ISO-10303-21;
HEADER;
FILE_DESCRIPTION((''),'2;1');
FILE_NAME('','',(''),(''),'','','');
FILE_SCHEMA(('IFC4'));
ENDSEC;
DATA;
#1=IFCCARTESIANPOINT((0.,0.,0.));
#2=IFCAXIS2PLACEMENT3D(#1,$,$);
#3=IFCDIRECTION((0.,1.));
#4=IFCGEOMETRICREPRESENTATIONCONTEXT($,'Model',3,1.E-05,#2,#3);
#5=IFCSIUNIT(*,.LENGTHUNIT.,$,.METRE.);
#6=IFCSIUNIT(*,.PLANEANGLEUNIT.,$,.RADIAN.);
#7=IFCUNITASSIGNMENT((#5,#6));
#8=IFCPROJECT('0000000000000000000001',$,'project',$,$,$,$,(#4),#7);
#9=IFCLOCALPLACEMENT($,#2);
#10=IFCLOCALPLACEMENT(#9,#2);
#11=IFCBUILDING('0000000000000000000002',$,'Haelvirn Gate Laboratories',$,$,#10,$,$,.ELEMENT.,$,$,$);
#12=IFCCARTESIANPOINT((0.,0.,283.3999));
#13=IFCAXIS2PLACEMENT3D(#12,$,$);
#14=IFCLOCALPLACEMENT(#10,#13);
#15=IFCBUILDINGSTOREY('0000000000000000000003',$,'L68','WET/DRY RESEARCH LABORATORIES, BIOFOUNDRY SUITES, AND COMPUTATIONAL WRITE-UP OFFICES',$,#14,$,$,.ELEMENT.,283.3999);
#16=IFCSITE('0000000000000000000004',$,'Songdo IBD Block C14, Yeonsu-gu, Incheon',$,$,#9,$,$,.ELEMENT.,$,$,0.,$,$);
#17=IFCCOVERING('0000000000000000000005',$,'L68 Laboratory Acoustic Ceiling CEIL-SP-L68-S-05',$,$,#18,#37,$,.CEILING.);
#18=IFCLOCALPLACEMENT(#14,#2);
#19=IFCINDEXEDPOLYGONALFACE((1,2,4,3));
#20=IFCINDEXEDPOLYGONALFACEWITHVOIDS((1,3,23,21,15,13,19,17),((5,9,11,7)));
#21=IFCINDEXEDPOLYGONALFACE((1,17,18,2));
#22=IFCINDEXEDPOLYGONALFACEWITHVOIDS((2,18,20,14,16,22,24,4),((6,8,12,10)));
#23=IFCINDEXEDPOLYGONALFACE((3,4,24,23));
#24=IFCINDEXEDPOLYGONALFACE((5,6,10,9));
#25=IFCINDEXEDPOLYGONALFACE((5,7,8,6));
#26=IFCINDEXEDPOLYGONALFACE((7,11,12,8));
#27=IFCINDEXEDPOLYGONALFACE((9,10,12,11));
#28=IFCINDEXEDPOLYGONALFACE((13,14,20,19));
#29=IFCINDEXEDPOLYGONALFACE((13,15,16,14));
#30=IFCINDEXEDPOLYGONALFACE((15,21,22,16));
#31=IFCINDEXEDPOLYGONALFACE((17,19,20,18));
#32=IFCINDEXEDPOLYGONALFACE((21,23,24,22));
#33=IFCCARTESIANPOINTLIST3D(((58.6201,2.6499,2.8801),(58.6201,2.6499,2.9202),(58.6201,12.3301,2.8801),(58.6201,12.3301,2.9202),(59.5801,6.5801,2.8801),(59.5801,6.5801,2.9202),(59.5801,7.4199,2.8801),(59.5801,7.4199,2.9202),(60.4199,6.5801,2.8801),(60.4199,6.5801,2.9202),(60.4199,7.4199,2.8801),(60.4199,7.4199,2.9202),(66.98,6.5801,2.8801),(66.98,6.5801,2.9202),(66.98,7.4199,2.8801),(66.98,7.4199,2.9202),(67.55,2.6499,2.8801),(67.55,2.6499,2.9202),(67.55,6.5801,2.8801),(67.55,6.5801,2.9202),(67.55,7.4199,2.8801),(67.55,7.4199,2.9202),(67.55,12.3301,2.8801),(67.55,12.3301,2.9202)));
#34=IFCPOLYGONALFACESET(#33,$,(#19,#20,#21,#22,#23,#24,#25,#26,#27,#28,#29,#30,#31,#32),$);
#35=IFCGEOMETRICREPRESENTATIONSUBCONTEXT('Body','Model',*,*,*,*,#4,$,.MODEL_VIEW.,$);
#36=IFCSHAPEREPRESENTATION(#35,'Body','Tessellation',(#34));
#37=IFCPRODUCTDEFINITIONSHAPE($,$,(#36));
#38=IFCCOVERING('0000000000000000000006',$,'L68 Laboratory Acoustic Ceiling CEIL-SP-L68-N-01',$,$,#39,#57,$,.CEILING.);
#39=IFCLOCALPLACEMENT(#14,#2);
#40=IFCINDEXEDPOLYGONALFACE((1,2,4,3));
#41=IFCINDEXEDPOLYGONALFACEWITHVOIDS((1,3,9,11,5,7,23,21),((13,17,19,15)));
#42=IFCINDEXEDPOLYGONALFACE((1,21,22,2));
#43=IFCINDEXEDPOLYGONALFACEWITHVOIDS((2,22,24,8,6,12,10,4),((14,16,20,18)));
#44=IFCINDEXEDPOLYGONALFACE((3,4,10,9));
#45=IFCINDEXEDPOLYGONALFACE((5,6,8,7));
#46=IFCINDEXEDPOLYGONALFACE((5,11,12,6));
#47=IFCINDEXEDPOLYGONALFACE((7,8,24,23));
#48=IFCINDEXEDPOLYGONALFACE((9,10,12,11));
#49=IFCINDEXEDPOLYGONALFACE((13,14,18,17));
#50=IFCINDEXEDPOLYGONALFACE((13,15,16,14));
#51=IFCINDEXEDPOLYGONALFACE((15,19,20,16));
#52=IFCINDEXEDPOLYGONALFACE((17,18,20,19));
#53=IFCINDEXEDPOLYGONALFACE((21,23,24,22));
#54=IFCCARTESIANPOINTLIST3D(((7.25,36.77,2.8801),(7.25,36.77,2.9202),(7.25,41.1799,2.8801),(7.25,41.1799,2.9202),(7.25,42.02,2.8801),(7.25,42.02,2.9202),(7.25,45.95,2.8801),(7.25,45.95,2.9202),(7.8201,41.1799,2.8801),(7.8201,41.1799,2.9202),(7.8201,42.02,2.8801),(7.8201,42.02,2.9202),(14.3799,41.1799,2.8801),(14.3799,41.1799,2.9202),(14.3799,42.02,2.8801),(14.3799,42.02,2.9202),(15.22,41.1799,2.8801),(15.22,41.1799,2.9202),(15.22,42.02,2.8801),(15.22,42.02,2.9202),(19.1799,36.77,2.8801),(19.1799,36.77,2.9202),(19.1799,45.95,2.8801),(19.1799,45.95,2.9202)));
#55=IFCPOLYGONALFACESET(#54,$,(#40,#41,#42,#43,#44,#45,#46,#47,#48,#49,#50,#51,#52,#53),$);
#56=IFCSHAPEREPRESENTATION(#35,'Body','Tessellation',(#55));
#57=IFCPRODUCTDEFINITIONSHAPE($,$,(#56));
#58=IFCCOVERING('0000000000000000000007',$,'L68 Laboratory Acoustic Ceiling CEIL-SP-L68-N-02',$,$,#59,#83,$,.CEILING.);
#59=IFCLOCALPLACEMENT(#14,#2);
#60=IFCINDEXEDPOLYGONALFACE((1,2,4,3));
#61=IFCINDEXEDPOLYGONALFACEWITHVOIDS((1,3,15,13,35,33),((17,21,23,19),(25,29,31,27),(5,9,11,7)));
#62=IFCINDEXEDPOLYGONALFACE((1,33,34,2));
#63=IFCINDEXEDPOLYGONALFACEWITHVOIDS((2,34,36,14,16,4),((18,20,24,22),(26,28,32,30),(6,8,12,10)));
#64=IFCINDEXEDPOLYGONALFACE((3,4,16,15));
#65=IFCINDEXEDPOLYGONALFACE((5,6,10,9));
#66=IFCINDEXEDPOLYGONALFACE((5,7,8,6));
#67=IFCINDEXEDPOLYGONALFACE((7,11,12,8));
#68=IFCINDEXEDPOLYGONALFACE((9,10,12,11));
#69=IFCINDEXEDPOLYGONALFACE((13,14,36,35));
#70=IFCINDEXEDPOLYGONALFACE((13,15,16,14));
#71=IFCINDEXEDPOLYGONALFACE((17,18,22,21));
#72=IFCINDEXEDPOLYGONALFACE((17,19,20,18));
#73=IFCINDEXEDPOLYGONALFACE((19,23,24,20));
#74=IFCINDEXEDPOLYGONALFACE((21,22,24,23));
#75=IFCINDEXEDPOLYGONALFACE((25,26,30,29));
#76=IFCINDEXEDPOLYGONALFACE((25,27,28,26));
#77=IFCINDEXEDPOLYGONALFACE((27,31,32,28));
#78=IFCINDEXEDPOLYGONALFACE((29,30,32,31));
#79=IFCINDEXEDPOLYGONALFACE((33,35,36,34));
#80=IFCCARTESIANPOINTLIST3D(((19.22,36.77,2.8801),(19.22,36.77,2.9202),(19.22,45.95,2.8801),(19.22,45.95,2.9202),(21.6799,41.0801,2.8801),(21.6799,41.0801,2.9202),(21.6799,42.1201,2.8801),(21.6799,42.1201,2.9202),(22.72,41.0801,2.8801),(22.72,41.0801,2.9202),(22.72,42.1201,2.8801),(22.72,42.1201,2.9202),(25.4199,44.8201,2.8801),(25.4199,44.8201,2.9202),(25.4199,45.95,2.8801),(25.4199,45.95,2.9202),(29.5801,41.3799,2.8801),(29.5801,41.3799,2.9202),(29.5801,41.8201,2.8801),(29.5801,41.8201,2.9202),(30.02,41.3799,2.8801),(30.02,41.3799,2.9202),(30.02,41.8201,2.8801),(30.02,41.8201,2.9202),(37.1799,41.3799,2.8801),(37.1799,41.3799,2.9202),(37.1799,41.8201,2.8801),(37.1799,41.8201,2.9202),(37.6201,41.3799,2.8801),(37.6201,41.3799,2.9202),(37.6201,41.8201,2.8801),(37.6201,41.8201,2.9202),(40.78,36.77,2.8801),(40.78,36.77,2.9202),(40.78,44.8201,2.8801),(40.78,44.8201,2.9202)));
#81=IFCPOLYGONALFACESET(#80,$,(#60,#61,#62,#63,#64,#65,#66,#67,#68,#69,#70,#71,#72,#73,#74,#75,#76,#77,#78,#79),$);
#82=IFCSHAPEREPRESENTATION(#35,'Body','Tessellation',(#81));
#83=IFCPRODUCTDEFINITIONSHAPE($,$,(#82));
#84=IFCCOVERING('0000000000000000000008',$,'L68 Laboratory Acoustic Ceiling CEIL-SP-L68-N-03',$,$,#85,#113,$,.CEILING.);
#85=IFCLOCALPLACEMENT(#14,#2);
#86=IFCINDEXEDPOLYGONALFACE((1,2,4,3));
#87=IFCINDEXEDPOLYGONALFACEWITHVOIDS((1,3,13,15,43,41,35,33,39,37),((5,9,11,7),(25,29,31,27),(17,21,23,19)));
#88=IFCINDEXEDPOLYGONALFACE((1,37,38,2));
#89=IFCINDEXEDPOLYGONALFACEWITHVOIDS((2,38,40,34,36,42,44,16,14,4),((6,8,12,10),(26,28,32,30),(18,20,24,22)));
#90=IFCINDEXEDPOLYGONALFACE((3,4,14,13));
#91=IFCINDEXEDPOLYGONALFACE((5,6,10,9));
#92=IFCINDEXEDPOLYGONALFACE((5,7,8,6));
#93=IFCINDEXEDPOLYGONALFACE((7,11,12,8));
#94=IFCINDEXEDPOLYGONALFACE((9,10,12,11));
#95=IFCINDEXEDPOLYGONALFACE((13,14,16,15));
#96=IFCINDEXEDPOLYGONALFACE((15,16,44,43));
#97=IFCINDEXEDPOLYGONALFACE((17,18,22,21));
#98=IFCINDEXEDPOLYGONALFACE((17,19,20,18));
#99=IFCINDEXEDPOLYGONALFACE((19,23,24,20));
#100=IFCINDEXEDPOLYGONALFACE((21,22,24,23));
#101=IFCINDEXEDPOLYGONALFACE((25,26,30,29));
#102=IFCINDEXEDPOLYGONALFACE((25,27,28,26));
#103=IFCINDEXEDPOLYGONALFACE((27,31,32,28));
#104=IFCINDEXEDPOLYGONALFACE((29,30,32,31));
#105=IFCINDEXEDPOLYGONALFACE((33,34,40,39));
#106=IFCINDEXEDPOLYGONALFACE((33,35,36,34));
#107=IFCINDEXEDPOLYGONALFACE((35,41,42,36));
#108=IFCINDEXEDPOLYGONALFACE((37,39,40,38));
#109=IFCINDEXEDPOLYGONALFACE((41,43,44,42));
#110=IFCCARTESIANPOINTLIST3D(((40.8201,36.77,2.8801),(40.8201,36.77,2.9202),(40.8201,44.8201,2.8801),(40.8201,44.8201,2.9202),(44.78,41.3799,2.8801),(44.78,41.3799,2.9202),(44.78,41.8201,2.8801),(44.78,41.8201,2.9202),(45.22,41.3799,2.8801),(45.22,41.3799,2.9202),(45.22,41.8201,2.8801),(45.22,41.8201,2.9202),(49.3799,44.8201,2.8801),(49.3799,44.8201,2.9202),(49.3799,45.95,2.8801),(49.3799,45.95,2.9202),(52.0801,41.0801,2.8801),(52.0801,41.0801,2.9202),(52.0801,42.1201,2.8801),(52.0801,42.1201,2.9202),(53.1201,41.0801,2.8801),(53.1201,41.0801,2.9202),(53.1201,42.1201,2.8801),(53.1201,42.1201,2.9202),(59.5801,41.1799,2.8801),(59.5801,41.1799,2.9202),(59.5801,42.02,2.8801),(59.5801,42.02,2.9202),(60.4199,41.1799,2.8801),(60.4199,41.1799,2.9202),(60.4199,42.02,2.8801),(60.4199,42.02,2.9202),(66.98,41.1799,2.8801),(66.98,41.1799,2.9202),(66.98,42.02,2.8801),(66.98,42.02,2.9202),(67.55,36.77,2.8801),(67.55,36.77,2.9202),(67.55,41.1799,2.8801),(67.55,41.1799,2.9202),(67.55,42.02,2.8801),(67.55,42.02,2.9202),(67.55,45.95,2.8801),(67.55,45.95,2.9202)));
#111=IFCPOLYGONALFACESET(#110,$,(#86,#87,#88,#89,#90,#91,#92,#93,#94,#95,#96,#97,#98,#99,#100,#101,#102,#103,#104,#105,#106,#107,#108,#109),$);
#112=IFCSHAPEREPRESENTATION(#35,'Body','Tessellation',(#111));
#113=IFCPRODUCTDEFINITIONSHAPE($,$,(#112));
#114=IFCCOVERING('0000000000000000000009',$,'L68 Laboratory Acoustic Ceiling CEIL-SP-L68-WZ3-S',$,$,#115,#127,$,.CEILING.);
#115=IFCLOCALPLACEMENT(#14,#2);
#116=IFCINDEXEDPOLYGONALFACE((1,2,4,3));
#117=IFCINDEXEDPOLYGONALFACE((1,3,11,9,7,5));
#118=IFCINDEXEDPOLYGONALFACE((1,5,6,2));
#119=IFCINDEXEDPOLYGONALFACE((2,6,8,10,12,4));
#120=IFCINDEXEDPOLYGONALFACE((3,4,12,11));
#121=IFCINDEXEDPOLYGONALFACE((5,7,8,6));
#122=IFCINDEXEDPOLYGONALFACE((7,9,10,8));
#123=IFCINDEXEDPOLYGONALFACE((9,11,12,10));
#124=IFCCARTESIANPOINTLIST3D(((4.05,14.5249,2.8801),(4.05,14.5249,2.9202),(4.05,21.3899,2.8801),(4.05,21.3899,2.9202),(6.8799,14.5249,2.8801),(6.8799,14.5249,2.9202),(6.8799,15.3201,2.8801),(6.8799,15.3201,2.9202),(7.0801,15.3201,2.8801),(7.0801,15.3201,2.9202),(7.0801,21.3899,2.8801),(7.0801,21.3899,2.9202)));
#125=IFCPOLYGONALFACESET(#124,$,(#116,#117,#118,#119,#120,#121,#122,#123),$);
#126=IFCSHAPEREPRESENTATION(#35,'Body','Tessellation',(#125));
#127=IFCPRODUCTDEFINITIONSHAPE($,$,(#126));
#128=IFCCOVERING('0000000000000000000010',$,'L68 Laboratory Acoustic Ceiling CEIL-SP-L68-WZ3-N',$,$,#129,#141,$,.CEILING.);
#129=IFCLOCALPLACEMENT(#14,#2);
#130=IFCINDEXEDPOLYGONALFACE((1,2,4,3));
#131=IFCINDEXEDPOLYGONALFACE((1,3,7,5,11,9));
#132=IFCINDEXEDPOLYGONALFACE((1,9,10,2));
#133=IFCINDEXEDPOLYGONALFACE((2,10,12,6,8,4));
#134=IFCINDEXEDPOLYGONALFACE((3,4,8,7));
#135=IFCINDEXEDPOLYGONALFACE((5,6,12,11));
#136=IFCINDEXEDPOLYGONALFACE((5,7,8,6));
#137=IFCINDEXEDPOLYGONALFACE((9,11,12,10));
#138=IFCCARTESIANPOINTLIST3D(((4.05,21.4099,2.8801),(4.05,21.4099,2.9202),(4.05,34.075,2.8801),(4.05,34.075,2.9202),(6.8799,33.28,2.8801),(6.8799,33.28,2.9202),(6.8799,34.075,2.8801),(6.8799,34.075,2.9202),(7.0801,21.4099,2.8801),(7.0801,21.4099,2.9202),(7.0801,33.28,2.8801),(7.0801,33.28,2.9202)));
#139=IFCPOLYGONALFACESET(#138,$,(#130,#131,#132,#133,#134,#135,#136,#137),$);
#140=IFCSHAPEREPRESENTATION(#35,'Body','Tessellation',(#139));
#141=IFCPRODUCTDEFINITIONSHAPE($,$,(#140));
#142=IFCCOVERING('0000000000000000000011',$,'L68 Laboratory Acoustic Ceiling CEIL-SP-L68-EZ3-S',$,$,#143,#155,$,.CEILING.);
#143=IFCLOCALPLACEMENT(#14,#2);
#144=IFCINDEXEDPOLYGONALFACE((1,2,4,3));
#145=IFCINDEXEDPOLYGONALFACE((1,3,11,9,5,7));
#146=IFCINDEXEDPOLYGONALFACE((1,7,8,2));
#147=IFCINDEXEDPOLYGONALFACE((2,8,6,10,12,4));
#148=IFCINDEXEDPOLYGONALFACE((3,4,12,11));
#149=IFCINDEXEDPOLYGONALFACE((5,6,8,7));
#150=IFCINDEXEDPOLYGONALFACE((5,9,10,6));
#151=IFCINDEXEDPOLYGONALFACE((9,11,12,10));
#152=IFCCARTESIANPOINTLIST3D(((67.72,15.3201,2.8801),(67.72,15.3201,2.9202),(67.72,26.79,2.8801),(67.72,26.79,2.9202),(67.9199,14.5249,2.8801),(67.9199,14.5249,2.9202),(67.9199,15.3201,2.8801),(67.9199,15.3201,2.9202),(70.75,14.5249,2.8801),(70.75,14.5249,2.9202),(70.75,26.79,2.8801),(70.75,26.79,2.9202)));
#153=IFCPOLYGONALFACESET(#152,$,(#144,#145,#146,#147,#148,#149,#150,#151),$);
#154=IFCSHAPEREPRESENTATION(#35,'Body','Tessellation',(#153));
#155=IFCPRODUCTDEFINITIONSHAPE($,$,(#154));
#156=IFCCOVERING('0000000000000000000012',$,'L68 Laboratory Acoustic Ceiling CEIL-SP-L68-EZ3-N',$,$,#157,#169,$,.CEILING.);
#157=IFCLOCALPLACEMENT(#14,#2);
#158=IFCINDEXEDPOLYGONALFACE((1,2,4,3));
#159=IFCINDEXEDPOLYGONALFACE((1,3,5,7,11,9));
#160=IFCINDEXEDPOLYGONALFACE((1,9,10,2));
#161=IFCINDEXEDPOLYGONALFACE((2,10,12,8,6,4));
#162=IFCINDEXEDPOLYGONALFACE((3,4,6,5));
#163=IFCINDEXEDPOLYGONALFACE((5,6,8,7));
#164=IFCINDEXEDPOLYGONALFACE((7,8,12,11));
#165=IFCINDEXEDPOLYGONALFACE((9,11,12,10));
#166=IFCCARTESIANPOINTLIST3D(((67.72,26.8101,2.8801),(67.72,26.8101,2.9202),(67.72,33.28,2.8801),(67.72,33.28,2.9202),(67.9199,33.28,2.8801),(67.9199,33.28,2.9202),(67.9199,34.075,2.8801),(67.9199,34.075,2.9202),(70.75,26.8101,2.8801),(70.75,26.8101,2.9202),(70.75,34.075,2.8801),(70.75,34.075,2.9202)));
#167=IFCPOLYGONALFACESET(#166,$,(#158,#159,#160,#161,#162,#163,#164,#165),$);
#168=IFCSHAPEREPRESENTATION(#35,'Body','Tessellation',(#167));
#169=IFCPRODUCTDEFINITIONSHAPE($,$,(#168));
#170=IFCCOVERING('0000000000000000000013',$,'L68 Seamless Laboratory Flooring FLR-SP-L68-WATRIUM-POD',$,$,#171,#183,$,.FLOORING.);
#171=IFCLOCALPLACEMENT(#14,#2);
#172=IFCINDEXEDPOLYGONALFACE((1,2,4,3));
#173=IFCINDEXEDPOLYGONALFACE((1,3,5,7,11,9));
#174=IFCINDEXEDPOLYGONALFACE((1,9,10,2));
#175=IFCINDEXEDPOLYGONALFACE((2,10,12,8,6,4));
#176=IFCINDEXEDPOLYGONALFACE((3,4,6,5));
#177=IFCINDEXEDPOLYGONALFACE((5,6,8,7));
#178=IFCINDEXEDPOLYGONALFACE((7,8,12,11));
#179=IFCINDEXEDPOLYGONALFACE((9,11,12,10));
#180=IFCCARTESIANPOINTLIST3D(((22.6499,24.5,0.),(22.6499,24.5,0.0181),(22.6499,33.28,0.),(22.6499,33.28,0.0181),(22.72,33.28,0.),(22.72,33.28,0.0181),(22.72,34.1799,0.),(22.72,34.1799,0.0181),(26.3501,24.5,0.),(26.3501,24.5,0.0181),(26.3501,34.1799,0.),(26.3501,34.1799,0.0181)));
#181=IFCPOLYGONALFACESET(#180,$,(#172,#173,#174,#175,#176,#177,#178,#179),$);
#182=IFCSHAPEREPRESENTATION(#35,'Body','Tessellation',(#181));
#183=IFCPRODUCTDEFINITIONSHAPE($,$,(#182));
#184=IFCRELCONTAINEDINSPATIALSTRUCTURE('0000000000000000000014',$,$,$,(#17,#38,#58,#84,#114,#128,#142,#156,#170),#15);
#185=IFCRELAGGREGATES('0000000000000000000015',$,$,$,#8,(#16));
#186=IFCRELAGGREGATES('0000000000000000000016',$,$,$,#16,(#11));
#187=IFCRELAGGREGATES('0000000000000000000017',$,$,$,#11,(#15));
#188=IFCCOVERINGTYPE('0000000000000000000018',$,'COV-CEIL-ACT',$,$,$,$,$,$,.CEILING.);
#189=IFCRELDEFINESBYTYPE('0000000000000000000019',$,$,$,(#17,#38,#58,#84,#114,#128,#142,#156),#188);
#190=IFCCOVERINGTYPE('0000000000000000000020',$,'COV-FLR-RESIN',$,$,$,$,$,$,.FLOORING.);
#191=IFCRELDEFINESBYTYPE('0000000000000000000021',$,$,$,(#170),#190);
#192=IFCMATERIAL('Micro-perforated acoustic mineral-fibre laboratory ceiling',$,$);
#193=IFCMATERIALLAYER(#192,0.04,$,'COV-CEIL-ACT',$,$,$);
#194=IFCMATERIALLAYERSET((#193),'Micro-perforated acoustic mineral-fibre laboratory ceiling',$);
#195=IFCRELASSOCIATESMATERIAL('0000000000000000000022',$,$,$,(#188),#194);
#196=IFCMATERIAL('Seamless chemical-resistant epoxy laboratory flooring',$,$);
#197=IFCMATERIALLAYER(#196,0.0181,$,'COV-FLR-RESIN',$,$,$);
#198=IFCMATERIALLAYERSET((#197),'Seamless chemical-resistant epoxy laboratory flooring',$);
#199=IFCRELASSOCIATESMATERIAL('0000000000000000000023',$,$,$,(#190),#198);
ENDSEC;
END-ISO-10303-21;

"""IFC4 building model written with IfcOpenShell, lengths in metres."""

from ifc_helpers import new_model, si_unit, direction, frame, origin, place, context, subcontext, project, spatial, polyline, outline, extrude, material, layer, layer_set, type_object, element, save


model = new_model("IFC4")

# Units and contexts
model_context = context("Model", 3, precision=1e-05, world=origin(), true_north=direction((0.0, 1.0)))
body_context = subcontext(model_context, "Body", "Model", "MODEL_VIEW")
ifc_project = project(units=[si_unit("LENGTHUNIT", "METRE"), si_unit("PLANEANGLEUNIT", "RADIAN")], contexts=[model_context])

# Site, building, storey
site_placement = place(None, origin())
site = spatial("IfcSite", under=ifc_project, at=site_placement, Name="Songdo IBD Block C14, Yeonsu-gu, Incheon", CompositionType="ELEMENT", RefElevation=0.0)
building_placement = place(site_placement, origin())
building = spatial("IfcBuilding", under=site, at=building_placement, Name="Haelvirn Gate Laboratories", CompositionType="ELEMENT")
storey_placement = place(building_placement, frame((0.0, 0.0, 283.3999)))
storey = spatial("IfcBuildingStorey", under=building, at=storey_placement, Name="L68", Description="WET/DRY RESEARCH LABORATORIES, BIOFOUNDRY SUITES, AND COMPUTATIONAL WRITE-UP OFFICES", CompositionType="ELEMENT", Elevation=283.3999)

# Coverings
ifc_material_1 = material(Name="Micro-perforated acoustic mineral-fibre laboratory ceiling")
ifc_layer_1 = layer(ifc_material_1, 0.04, Name="COV-CEIL-ACT")
ifc_layer_set_1 = layer_set([ifc_layer_1], Name="Micro-perforated acoustic mineral-fibre laboratory ceiling")
covering_type_1 = type_object("IfcCoveringType", Name="COV-CEIL-ACT", PredefinedType="CEILING", material=ifc_layer_set_1)
covering_1_placement = place(storey_placement, frame((0.0, 0.0, 2.8801)))
element("IfcCovering", 1, at=covering_1_placement, inside=storey, type_object=covering_type_1, Name="L68 Laboratory Acoustic Ceiling CEIL-SP-L68-S-05", PredefinedType="CEILING", context=body_context, shape_type="SweptSolid", body=[
    extrude(outline(polyline([(67.55, 2.6499), (58.6201, 2.6499), (58.6201, 12.3301), (67.55, 12.3301), (67.55, 7.4199), (66.98, 7.4199), (66.98, 6.5801), (67.55, 6.5801), (67.55, 2.6499)]), holes=[polyline([(59.5801, 7.4199), (59.5801, 6.5801), (60.4199, 6.5801), (60.4199, 7.4199), (59.5801, 7.4199)])]), origin(), (0.0, 0.0, 1.0), 0.04),
])
covering_2_placement = place(storey_placement, frame((0.0, 0.0, 2.8801)))
element("IfcCovering", 2, at=covering_2_placement, inside=storey, type_object=covering_type_1, Name="L68 Laboratory Acoustic Ceiling CEIL-SP-L68-N-01", PredefinedType="CEILING", context=body_context, shape_type="SweptSolid", body=[
    extrude(outline(polyline([(7.25, 41.1799), (7.8201, 41.1799), (7.8201, 42.02), (7.25, 42.02), (7.25, 45.95), (19.1799, 45.95), (19.1799, 36.77), (7.25, 36.77), (7.25, 41.1799)]), holes=[polyline([(14.3799, 42.02), (14.3799, 41.1799), (15.22, 41.1799), (15.22, 42.02), (14.3799, 42.02)])]), origin(), (0.0, 0.0, 1.0), 0.04),
])
covering_3_placement = place(storey_placement, frame((0.0, 0.0, 2.8801)))
element("IfcCovering", 3, at=covering_3_placement, inside=storey, type_object=covering_type_1, Name="L68 Laboratory Acoustic Ceiling CEIL-SP-L68-N-02", PredefinedType="CEILING", context=body_context, shape_type="SweptSolid", body=[
    extrude(outline(polyline([(19.22, 36.77), (19.22, 45.95), (25.4199, 45.95), (25.4199, 44.8201), (40.78, 44.8201), (40.78, 36.77), (19.22, 36.77)]), holes=[polyline([(21.6799, 41.0801), (22.72, 41.0801), (22.72, 42.1201), (21.6799, 42.1201), (21.6799, 41.0801)]), polyline([(29.5801, 41.8201), (29.5801, 41.3799), (30.02, 41.3799), (30.02, 41.8201), (29.5801, 41.8201)]), polyline([(37.6201, 41.8201), (37.1799, 41.8201), (37.1799, 41.3799), (37.6201, 41.3799), (37.6201, 41.8201)])]), origin(), (0.0, 0.0, 1.0), 0.04),
])
covering_4_placement = place(storey_placement, frame((0.0, 0.0, 2.8801)))
element("IfcCovering", 4, at=covering_4_placement, inside=storey, type_object=covering_type_1, Name="L68 Laboratory Acoustic Ceiling CEIL-SP-L68-N-03", PredefinedType="CEILING", context=body_context, shape_type="SweptSolid", body=[
    extrude(outline(polyline([(66.98, 42.02), (66.98, 41.1799), (67.55, 41.1799), (67.55, 36.77), (40.8201, 36.77), (40.8201, 44.8201), (49.3799, 44.8201), (49.3799, 45.95), (67.55, 45.95), (67.55, 42.02), (66.98, 42.02)]), holes=[polyline([(53.1201, 41.0801), (53.1201, 42.1201), (52.0801, 42.1201), (52.0801, 41.0801), (53.1201, 41.0801)]), polyline([(59.5801, 41.1799), (60.4199, 41.1799), (60.4199, 42.02), (59.5801, 42.02), (59.5801, 41.1799)]), polyline([(45.22, 41.8201), (44.78, 41.8201), (44.78, 41.3799), (45.22, 41.3799), (45.22, 41.8201)])]), origin(), (0.0, 0.0, 1.0), 0.04),
])
covering_5_placement = place(storey_placement, frame((0.0, 0.0, 2.8801)))
element("IfcCovering", 5, at=covering_5_placement, inside=storey, type_object=covering_type_1, Name="L68 Laboratory Acoustic Ceiling CEIL-SP-L68-WZ3-S", PredefinedType="CEILING", context=body_context, shape_type="SweptSolid", body=[
    extrude(outline(polyline([(7.0801, 21.3899), (7.0801, 15.3201), (6.8799, 15.3201), (6.8799, 14.5249), (4.05, 14.5249), (4.05, 21.3899), (7.0801, 21.3899)])), origin(), (0.0, 0.0, 1.0), 0.04),
])
covering_6_placement = place(storey_placement, frame((0.0, 0.0, 2.8801)))
element("IfcCovering", 6, at=covering_6_placement, inside=storey, type_object=covering_type_1, Name="L68 Laboratory Acoustic Ceiling CEIL-SP-L68-WZ3-N", PredefinedType="CEILING", context=body_context, shape_type="SweptSolid", body=[
    extrude(outline(polyline([(6.8799, 34.075), (6.8799, 33.28), (7.0801, 33.28), (7.0801, 21.4099), (4.05, 21.4099), (4.05, 34.075), (6.8799, 34.075)])), origin(), (0.0, 0.0, 1.0), 0.04),
])
covering_7_placement = place(storey_placement, frame((0.0, 0.0, 2.8801)))
element("IfcCovering", 7, at=covering_7_placement, inside=storey, type_object=covering_type_1, Name="L68 Laboratory Acoustic Ceiling CEIL-SP-L68-EZ3-S", PredefinedType="CEILING", context=body_context, shape_type="SweptSolid", body=[
    extrude(outline(polyline([(70.75, 26.79), (70.75, 14.5249), (67.9199, 14.5249), (67.9199, 15.3201), (67.72, 15.3201), (67.72, 26.79), (70.75, 26.79)])), origin(), (0.0, 0.0, 1.0), 0.04),
])
covering_8_placement = place(storey_placement, frame((0.0, 0.0, 2.8801)))
element("IfcCovering", 8, at=covering_8_placement, inside=storey, type_object=covering_type_1, Name="L68 Laboratory Acoustic Ceiling CEIL-SP-L68-EZ3-N", PredefinedType="CEILING", context=body_context, shape_type="SweptSolid", body=[
    extrude(outline(polyline([(70.75, 34.075), (70.75, 26.8101), (67.72, 26.8101), (67.72, 33.28), (67.9199, 33.28), (67.9199, 34.075), (70.75, 34.075)])), origin(), (0.0, 0.0, 1.0), 0.04),
])
ifc_material_2 = material(Name="Seamless chemical-resistant epoxy laboratory flooring")
ifc_layer_2 = layer(ifc_material_2, 0.0181, Name="COV-FLR-RESIN")
ifc_layer_set_2 = layer_set([ifc_layer_2], Name="Seamless chemical-resistant epoxy laboratory flooring")
covering_type_2 = type_object("IfcCoveringType", Name="COV-FLR-RESIN", PredefinedType="FLOORING", material=ifc_layer_set_2)
covering_9_placement = place(storey_placement, origin())
element("IfcCovering", 9, at=covering_9_placement, inside=storey, type_object=covering_type_2, Name="L68 Seamless Laboratory Flooring FLR-SP-L68-WATRIUM-POD", PredefinedType="FLOORING", context=body_context, shape_type="SweptSolid", body=[
    extrude(outline(polyline([(22.72, 33.28), (22.72, 34.1799), (26.3501, 34.1799), (26.3501, 24.5), (22.6499, 24.5), (22.6499, 33.28), (22.72, 33.28)])), origin(), (0.0, 0.0, 1.0), 0.0181),
])

save(model, "model.ifc")
